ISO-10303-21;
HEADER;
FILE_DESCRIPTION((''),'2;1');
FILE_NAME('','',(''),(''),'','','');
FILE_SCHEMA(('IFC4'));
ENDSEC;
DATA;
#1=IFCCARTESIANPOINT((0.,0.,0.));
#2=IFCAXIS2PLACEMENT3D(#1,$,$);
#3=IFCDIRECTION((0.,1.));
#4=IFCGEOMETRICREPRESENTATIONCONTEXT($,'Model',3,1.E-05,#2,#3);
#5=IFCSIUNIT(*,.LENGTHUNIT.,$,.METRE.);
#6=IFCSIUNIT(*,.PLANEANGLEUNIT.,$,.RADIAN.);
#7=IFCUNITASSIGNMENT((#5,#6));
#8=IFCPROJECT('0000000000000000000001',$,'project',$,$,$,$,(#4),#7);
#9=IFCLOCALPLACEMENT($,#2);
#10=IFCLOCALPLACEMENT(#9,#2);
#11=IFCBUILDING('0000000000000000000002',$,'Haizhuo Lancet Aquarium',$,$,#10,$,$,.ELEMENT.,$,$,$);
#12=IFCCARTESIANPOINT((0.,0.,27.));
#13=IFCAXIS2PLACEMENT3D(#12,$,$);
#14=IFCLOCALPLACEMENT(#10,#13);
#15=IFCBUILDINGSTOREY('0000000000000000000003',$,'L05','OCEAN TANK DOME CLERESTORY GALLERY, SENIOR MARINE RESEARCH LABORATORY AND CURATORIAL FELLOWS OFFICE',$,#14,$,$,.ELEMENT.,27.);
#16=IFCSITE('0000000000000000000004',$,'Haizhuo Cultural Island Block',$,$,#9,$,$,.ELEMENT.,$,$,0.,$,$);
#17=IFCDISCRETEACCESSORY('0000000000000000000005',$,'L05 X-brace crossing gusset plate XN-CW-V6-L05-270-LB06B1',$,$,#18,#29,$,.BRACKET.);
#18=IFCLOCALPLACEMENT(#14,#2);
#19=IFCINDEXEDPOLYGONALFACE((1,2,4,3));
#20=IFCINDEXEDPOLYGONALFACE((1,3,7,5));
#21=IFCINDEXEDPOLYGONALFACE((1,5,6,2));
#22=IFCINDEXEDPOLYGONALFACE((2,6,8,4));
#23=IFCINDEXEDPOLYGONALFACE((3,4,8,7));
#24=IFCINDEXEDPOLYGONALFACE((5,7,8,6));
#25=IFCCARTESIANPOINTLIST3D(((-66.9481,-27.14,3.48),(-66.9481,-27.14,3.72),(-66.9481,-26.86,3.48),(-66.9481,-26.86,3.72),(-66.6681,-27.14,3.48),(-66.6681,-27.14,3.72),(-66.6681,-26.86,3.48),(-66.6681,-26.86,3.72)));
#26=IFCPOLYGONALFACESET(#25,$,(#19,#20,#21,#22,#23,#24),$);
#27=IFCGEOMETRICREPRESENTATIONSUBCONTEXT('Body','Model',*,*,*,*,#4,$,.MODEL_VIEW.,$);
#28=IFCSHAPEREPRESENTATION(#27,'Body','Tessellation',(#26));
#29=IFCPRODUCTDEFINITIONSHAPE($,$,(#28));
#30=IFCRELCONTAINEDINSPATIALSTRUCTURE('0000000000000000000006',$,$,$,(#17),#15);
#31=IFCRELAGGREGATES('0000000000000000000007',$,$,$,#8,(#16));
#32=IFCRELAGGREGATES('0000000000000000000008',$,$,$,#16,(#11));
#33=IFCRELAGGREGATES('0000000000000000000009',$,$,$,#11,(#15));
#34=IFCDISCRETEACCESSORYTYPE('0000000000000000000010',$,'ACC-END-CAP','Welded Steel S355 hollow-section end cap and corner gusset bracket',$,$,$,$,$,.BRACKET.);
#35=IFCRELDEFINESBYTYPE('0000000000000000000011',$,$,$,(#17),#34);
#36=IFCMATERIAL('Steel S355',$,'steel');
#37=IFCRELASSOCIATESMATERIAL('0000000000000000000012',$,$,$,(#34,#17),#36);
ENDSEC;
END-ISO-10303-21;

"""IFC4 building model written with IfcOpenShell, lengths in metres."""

from ifc_helpers import new_model, si_unit, direction, frame, origin, origin_2d, place, context, subcontext, project, spatial, rectangle, extrude, material, type_object, element, save


model = new_model("IFC4")

# Units and contexts
model_context = context("Model", 3, precision=1e-05, world=origin(), true_north=direction((0.0, 1.0)))
body_context = subcontext(model_context, "Body", "Model", "MODEL_VIEW")
ifc_project = project(units=[si_unit("LENGTHUNIT", "METRE"), si_unit("PLANEANGLEUNIT", "RADIAN")], contexts=[model_context])

# Site, building, storey
site_placement = place(None, origin())
site = spatial("IfcSite", under=ifc_project, at=site_placement, Name="Haizhuo Cultural Island Block", CompositionType="ELEMENT", RefElevation=0.0)
building_placement = place(site_placement, origin())
building = spatial("IfcBuilding", under=site, at=building_placement, Name="Haizhuo Lancet Aquarium", CompositionType="ELEMENT")
storey_placement = place(building_placement, frame((0.0, 0.0, 27.0)))
storey = spatial("IfcBuildingStorey", under=building, at=storey_placement, Name="L05", Description="OCEAN TANK DOME CLERESTORY GALLERY, SENIOR MARINE RESEARCH LABORATORY AND CURATORIAL FELLOWS OFFICE", CompositionType="ELEMENT", Elevation=27.0)

# Shared definitions
ifc_material_1 = material(Name="Steel S355", Category="steel")

# Discrete accessory
discrete_accessory_type = type_object("IfcDiscreteAccessoryType", Name="ACC-END-CAP", Description="Welded Steel S355 hollow-section end cap and corner gusset bracket", PredefinedType="BRACKET", material=ifc_material_1)
for number, where, z_axis, x_axis, name in (
    (1, (-66.8081, -27.0, 3.48), (0.0, 0.0, 1.0), (1.0, 0.0, 0.0), "L05 X-brace crossing gusset plate XN-CW-V6-L05-270-LB06B1"),
):
    element("IfcDiscreteAccessory", number, at=place(storey_placement, frame(where, z_axis=z_axis, x_axis=x_axis)), inside=storey, type_object=discrete_accessory_type, material=ifc_material_1, Name=name, PredefinedType="BRACKET", context=body_context, shape_type="SweptSolid", body=[
        extrude(rectangle(XDim=0.28, YDim=0.28, at=origin_2d()), origin(), (0.0, 0.0, 1.0), 0.24),
    ])

save(model, "model.ifc")
